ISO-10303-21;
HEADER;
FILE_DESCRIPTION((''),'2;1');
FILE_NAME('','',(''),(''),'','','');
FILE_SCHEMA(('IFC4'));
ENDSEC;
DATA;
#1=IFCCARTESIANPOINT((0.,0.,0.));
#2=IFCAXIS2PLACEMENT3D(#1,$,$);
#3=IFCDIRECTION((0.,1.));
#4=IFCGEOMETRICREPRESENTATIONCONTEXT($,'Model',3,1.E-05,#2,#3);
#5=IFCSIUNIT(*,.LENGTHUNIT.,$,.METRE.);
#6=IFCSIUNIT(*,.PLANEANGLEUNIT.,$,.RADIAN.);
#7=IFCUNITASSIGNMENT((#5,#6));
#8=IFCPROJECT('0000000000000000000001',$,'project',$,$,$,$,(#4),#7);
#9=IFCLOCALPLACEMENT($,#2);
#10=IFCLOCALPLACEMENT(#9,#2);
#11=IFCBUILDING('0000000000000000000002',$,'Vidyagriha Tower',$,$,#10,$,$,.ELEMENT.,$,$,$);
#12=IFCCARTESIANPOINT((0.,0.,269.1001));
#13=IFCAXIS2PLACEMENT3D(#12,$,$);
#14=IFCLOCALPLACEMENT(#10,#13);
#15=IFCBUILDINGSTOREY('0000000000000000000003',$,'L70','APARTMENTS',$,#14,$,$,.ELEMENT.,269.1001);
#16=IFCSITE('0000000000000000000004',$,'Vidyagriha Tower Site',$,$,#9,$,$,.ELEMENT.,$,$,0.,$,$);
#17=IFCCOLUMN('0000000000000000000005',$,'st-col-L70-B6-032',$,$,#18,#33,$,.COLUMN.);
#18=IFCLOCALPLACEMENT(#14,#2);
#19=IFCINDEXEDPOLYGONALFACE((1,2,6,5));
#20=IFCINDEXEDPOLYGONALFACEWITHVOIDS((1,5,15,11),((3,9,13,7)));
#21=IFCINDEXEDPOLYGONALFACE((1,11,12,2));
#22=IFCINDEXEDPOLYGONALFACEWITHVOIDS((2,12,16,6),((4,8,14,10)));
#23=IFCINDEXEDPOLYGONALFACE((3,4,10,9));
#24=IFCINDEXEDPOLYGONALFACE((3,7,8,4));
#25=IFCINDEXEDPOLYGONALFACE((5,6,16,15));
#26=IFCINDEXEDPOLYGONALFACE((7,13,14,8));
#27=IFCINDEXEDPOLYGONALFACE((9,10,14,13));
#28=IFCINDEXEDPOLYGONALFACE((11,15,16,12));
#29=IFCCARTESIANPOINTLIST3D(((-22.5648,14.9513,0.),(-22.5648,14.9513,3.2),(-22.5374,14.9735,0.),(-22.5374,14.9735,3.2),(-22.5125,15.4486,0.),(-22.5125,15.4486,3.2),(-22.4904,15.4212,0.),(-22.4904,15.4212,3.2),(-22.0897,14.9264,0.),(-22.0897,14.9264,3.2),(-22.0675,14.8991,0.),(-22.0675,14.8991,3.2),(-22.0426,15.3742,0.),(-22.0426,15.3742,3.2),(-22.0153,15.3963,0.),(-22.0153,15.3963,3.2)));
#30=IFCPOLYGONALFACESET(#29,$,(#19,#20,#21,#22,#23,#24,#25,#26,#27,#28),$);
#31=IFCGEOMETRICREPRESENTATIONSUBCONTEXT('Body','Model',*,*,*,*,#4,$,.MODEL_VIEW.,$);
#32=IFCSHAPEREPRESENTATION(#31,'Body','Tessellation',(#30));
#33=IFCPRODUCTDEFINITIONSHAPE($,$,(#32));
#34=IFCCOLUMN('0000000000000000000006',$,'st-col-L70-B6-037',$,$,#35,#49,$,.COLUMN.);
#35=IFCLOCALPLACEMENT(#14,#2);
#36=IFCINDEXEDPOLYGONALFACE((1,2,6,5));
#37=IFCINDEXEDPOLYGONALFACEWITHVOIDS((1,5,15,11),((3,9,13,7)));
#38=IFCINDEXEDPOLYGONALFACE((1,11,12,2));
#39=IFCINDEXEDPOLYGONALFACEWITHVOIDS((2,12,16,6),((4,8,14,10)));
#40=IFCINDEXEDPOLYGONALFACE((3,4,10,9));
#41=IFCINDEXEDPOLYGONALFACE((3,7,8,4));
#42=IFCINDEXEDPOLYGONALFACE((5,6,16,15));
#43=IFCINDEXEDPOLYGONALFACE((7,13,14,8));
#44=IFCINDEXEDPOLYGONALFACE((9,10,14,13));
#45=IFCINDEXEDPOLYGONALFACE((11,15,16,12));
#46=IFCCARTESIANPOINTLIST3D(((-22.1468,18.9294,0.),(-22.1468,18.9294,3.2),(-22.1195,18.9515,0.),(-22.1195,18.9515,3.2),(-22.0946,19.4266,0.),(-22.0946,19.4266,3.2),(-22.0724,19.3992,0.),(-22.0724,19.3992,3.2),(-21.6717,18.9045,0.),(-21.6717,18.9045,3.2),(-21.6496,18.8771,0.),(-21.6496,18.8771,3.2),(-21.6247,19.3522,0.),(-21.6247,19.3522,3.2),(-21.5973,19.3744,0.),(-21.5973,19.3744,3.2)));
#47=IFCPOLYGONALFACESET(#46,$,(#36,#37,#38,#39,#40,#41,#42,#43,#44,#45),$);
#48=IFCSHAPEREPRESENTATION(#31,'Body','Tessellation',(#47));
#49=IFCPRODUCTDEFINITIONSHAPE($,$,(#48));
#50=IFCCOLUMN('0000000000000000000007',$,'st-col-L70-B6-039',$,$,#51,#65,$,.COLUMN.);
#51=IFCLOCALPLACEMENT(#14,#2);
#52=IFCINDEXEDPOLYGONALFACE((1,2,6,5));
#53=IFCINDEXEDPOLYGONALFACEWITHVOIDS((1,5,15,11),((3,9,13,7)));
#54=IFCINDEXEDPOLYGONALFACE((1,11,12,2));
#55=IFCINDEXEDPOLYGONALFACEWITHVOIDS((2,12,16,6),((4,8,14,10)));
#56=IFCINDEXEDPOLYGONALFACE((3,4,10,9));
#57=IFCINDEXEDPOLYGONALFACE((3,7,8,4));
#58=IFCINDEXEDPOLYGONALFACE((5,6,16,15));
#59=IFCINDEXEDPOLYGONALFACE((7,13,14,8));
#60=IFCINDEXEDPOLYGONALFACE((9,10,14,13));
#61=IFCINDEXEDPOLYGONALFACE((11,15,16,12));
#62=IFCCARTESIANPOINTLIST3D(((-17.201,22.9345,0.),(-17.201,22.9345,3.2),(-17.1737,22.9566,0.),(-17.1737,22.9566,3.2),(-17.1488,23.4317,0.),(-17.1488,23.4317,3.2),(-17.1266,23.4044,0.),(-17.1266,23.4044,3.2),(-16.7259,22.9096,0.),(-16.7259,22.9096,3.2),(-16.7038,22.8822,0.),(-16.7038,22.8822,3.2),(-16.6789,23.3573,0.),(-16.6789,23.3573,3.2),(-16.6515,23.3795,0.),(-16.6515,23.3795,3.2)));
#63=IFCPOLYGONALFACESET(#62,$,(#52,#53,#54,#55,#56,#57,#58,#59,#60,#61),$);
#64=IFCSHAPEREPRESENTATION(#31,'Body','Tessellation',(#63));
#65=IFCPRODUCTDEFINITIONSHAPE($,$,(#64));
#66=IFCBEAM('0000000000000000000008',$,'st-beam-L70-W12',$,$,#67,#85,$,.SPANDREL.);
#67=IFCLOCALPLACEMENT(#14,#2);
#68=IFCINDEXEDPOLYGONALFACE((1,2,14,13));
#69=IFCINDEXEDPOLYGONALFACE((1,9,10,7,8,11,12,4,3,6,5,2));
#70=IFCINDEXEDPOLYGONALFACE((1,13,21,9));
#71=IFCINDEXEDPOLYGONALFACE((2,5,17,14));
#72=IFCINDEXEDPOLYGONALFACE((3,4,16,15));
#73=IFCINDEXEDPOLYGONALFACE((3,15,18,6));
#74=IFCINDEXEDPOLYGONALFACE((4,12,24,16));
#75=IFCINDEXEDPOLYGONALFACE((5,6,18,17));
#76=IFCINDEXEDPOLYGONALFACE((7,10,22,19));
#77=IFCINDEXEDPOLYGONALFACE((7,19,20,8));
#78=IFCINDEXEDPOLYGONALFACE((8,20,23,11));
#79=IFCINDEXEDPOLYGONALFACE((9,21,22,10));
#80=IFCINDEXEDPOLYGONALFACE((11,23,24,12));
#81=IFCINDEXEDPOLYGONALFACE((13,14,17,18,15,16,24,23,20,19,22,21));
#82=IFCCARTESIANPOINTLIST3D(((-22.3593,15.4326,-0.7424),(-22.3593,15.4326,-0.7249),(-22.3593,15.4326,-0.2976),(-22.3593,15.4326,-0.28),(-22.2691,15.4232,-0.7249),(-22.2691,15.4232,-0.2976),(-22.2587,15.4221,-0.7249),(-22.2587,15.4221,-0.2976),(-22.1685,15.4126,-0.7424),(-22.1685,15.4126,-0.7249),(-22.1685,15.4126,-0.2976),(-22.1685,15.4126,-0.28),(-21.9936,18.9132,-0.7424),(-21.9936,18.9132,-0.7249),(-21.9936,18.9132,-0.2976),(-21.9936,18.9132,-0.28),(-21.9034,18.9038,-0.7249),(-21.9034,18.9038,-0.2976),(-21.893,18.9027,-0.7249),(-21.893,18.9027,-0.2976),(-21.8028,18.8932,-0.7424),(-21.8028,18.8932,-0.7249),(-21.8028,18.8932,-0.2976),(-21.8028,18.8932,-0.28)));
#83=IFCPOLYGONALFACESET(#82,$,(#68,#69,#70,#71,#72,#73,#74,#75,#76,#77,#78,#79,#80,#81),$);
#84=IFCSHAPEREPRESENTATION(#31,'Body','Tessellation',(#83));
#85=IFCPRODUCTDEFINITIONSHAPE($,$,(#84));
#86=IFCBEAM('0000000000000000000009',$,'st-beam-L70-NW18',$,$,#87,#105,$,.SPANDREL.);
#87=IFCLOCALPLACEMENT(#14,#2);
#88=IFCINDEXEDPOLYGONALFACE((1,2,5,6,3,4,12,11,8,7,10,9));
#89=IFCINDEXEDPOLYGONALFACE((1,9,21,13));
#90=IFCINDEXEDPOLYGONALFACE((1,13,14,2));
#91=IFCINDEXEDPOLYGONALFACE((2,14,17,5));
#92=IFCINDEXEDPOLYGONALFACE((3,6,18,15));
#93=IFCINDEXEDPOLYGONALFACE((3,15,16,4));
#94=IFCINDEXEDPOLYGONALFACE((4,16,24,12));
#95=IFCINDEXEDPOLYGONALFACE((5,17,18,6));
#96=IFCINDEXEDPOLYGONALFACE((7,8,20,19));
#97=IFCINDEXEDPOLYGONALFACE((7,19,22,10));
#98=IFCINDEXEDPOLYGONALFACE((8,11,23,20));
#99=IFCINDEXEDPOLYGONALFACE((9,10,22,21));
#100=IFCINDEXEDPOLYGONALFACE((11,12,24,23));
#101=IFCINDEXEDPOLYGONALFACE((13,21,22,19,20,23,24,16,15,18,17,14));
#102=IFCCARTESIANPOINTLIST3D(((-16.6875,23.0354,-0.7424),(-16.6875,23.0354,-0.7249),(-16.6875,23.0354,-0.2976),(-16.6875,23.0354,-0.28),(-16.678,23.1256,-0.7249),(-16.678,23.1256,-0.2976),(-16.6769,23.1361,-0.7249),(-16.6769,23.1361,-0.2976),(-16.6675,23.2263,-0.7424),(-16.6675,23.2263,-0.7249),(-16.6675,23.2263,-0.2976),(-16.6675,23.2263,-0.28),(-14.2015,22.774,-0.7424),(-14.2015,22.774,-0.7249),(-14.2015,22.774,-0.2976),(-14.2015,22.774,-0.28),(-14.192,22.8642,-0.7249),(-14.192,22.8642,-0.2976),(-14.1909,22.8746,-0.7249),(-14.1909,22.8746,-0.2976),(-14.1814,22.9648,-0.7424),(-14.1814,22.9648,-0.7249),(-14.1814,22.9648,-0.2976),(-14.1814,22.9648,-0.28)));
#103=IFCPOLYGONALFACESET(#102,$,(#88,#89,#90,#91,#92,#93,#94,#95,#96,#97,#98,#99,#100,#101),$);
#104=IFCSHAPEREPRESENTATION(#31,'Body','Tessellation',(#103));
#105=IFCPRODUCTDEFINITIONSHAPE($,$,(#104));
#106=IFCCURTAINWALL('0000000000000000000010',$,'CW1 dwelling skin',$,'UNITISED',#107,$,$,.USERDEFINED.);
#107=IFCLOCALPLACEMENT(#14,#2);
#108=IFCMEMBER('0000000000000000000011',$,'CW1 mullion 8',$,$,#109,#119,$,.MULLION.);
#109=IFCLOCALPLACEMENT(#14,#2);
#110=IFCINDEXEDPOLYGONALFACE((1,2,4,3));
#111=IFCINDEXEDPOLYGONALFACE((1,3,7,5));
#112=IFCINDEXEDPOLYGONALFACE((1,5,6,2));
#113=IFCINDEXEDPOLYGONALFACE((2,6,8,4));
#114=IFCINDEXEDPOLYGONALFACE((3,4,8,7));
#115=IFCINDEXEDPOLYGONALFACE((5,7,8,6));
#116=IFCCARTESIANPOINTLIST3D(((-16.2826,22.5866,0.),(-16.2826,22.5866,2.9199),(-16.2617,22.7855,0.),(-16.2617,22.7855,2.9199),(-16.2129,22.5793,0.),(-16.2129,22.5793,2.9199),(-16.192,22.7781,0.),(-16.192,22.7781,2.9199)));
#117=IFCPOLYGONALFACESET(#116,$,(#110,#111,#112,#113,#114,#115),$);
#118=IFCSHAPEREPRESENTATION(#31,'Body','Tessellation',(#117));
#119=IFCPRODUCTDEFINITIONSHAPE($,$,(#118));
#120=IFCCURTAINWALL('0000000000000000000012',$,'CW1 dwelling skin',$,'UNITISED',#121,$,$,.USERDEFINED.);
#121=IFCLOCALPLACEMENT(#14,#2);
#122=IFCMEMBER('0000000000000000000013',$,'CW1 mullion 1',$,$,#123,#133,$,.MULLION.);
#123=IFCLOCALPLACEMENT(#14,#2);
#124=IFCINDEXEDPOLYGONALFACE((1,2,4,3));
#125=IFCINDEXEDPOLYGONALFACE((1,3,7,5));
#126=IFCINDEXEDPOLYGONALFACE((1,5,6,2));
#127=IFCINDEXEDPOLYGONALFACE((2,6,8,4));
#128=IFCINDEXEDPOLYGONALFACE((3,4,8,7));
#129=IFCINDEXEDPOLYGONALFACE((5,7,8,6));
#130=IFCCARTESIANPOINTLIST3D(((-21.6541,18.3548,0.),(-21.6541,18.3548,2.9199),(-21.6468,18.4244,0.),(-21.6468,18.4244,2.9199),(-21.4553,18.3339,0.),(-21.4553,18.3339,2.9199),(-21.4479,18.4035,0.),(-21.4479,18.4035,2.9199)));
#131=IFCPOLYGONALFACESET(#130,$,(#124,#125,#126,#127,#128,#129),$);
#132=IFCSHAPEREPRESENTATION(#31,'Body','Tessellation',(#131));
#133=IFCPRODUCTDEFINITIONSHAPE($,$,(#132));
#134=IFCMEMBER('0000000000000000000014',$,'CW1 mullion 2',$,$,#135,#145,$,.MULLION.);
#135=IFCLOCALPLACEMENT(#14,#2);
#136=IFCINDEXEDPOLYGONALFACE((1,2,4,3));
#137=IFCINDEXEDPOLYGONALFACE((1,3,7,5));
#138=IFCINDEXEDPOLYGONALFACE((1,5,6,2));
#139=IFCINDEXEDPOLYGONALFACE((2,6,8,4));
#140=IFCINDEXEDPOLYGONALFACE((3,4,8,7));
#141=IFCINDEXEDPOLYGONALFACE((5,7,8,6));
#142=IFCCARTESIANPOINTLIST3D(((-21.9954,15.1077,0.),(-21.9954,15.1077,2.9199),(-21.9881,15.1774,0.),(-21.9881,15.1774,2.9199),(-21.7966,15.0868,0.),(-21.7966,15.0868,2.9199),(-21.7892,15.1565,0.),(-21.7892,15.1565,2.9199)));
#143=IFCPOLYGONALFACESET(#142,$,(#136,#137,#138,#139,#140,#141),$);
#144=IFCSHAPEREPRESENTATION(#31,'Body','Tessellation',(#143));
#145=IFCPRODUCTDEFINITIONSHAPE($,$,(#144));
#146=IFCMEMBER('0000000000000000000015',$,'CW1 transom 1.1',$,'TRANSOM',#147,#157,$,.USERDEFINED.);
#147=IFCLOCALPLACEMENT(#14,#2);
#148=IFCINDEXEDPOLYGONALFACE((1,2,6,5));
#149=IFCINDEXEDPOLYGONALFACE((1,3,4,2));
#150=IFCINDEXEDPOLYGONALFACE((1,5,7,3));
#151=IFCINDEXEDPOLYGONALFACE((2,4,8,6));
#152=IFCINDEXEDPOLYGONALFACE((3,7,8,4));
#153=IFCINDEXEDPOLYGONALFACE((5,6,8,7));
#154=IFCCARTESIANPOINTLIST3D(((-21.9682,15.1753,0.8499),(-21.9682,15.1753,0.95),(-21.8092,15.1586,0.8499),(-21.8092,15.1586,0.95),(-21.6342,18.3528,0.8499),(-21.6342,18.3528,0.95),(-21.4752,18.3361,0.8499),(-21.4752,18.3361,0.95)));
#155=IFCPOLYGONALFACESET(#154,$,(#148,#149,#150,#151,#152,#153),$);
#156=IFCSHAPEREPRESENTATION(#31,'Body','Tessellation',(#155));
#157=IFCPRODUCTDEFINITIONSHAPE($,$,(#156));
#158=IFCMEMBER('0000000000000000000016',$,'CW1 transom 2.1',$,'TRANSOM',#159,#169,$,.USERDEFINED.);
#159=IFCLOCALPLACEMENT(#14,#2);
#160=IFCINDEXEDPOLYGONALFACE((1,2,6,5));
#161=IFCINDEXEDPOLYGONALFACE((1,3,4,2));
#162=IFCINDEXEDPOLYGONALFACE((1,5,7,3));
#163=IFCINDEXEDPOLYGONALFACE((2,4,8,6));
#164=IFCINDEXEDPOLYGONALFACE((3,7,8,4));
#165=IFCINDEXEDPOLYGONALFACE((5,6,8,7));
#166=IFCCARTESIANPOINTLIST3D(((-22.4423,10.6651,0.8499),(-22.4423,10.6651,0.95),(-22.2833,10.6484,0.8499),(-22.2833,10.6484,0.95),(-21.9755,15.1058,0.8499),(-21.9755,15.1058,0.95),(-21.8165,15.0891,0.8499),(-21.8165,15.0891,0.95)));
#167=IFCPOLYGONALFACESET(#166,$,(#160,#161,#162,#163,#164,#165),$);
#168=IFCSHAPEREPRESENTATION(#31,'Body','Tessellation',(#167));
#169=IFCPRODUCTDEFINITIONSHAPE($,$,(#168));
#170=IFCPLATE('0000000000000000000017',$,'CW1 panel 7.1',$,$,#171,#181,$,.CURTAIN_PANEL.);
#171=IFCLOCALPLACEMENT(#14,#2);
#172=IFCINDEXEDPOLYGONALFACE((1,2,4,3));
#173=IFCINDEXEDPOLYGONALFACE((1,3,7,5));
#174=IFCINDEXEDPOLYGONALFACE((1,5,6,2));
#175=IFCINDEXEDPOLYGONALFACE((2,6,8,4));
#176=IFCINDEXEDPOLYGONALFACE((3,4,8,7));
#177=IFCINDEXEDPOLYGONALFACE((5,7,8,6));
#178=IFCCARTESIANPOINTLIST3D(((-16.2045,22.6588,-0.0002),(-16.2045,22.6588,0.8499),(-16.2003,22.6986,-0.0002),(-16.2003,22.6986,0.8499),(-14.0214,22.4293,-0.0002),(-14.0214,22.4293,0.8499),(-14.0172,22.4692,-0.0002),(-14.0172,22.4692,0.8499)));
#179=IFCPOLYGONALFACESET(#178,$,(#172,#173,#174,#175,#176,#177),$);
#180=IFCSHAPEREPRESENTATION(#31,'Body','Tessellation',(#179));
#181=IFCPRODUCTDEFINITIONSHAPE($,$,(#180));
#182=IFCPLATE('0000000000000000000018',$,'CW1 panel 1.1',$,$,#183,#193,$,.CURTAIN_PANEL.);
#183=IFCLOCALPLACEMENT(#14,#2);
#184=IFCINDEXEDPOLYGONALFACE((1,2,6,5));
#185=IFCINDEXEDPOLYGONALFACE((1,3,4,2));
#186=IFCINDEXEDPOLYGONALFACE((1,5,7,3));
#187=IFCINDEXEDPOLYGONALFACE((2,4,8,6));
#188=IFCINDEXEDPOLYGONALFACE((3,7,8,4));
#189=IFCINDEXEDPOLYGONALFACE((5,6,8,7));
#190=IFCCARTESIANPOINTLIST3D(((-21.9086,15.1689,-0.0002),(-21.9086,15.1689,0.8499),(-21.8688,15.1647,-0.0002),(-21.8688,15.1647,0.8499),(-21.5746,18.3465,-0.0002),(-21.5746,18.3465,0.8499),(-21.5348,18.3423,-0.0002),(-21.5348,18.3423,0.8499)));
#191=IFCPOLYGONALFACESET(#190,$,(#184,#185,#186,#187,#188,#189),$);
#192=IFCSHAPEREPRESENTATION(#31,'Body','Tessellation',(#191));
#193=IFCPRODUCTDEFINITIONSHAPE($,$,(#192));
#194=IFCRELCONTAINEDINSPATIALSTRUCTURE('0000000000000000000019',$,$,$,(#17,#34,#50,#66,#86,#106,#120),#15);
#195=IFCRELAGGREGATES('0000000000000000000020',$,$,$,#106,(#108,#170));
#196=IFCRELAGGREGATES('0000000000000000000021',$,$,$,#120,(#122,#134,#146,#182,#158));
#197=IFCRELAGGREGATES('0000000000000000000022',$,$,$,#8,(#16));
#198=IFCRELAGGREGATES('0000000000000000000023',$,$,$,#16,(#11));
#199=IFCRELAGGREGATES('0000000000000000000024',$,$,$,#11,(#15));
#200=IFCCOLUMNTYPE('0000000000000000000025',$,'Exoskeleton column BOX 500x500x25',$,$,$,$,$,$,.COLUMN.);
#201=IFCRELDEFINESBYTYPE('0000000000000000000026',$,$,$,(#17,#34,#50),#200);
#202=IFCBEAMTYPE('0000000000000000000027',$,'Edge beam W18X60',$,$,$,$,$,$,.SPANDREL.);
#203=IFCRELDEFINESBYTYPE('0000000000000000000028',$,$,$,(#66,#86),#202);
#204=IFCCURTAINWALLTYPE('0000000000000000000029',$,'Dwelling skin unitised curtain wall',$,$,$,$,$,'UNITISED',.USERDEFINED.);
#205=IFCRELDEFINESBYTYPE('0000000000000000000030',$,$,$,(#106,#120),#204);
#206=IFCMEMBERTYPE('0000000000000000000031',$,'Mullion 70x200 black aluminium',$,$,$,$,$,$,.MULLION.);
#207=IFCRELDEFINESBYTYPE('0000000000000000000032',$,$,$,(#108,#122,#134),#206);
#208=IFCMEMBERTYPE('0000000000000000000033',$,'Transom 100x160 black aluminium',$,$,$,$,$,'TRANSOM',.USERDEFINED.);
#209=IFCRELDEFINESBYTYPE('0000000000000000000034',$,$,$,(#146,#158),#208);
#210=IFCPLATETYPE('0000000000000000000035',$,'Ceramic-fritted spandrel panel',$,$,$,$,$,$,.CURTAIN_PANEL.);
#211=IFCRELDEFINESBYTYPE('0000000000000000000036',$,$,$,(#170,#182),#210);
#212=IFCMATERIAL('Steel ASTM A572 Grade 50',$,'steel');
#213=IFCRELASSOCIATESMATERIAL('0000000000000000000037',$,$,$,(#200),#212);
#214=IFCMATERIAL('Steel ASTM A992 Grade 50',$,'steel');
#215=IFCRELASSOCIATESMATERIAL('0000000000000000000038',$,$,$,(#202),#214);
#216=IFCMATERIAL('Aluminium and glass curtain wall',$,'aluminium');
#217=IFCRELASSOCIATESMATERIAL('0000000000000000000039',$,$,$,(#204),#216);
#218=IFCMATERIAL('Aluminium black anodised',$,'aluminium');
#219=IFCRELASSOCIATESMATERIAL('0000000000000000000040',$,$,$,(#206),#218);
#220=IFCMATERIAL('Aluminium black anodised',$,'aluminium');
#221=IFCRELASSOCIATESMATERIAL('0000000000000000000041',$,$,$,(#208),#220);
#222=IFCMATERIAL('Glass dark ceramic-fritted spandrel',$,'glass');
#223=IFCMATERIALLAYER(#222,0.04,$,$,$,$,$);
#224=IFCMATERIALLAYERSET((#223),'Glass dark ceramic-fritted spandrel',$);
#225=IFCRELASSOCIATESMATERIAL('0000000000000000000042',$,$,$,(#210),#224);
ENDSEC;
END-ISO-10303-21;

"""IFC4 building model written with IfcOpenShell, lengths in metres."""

from ifc_helpers import new_model, si_unit, direction, frame, origin, origin_2d, place, context, subcontext, project, spatial, rectangle, hollow_rectangle, i_section, extrude, material, layer, layer_set, material_profile, profile_set, type_object, element, aggregate, save


model = new_model("IFC4")

# Units and contexts
model_context = context("Model", 3, precision=1e-05, world=origin(), true_north=direction((0.0, 1.0)))
body_context = subcontext(model_context, "Body", "Model", "MODEL_VIEW")
ifc_project = project(units=[si_unit("LENGTHUNIT", "METRE"), si_unit("PLANEANGLEUNIT", "RADIAN")], contexts=[model_context])

# Site, building, storey
site_placement = place(None, origin())
site = spatial("IfcSite", under=ifc_project, at=site_placement, Name="Vidyagriha Tower Site", CompositionType="ELEMENT", RefElevation=0.0)
building_placement = place(site_placement, origin())
building = spatial("IfcBuilding", under=site, at=building_placement, Name="Vidyagriha Tower", CompositionType="ELEMENT")
storey_placement = place(building_placement, frame((0.0, 0.0, 269.1001)))
storey = spatial("IfcBuildingStorey", under=building, at=storey_placement, Name="L70", Description="APARTMENTS", CompositionType="ELEMENT", Elevation=269.1001)

# Columns
ifc_material_1 = material(Name="Steel ASTM A572 Grade 50", Category="steel")
ifc_material_profile_1 = material_profile(ifc_material_1, hollow_rectangle(XDim=0.5, YDim=0.5, WallThickness=0.0249, at=origin_2d()), Name="BOX 500x500x25")
ifc_profile_set_1 = profile_set([ifc_material_profile_1], Name="Steel ASTM A572 Grade 50")
column_type = type_object("IfcColumnType", Name="Exoskeleton column BOX 500x500x25", PredefinedType="COLUMN", material=ifc_profile_set_1)
for number, where, z_axis, x_axis, name in (
    (1, (-22.29, 15.1738, 0.0), (0.0, 0.0, 1.0), (0.994522, -0.104528, 0.0), "st-col-L70-B6-032"),
    (2, (-21.8721, 19.1519, 0.0), (0.0, 0.0, 1.0), (0.994522, -0.104528, 0.0), "st-col-L70-B6-037"),
    (3, (-16.9263, 23.157, 0.0), (0.0, 0.0, 1.0), (0.994522, -0.104528, 0.0), "st-col-L70-B6-039"),
):
    element("IfcColumn", number, at=place(storey_placement, frame(where, z_axis=z_axis, x_axis=x_axis)), inside=storey, type_object=column_type, Name=name, PredefinedType="COLUMN", context=body_context, shape_type="SweptSolid", body=[
        extrude(hollow_rectangle(XDim=0.5, YDim=0.5, WallThickness=0.0249, at=origin_2d()), origin(), (0.0, 0.0, 1.0), 3.2),
    ])

# Beams
ifc_material_2 = material(Name="Steel ASTM A992 Grade 50", Category="steel")
ifc_material_profile_2 = material_profile(ifc_material_2, i_section(OverallWidth=0.1919, OverallDepth=0.4624, WebThickness=0.0105, FlangeThickness=0.0176, at=origin_2d()), Name="W18X60")
ifc_profile_set_2 = profile_set([ifc_material_profile_2], Name="Steel ASTM A992 Grade 50")
beam_type = type_object("IfcBeamType", Name="Edge beam W18X60", PredefinedType="SPANDREL", material=ifc_profile_set_2)
beam_1_placement = place(storey_placement, frame((-22.2639, 15.4226, -0.5112), z_axis=(0.104496, 0.994525, 0.0), x_axis=(-0.994525, 0.104496, 0.0)))
element("IfcBeam", 4, at=beam_1_placement, inside=storey, type_object=beam_type, Name="st-beam-L70-W12", PredefinedType="SPANDREL", context=body_context, shape_type="SweptSolid", body=[
    extrude(i_section(OverallWidth=0.1919, OverallDepth=0.4624, WebThickness=0.0105, FlangeThickness=0.0176, at=origin_2d()), origin(), (0.0, 0.0, 1.0), 3.4998),
])
beam_2_placement = place(storey_placement, frame((-16.6775, 23.1309, -0.5112), z_axis=(0.994515, -0.104598, 0.0), x_axis=(0.104598, 0.994515, 0.0)))
element("IfcBeam", 5, at=beam_2_placement, inside=storey, type_object=beam_type, Name="st-beam-L70-NW18", PredefinedType="SPANDREL", context=body_context, shape_type="SweptSolid", body=[
    extrude(i_section(OverallWidth=0.1919, OverallDepth=0.4624, WebThickness=0.0105, FlangeThickness=0.0176, at=origin_2d()), origin(), (0.0, 0.0, 1.0), 2.4998),
])

# Curtain wall, member
ifc_material_3 = material(Name="Aluminium and glass curtain wall", Category="aluminium")
curtain_wall_type = type_object("IfcCurtainWallType", Name="Dwelling skin unitised curtain wall", ElementType="UNITISED", PredefinedType="USERDEFINED", material=ifc_material_3)
curtain_wall_1_placement = place(storey_placement, origin())
curtain_wall_1 = element("IfcCurtainWall", 6, at=curtain_wall_1_placement, inside=storey, type_object=curtain_wall_type, Name="CW1 dwelling skin", ObjectType="UNITISED", PredefinedType="USERDEFINED")
ifc_material_4 = material(Name="Aluminium black anodised", Category="aluminium")
ifc_material_profile_3 = material_profile(ifc_material_4, rectangle(XDim=0.2, YDim=0.0701, at=origin_2d()), Name="Mullion 70x200 black aluminium")
ifc_profile_set_3 = profile_set([ifc_material_profile_3], Name="Aluminium black anodised")
member_type_1 = type_object("IfcMemberType", Name="Mullion 70x200 black aluminium", PredefinedType="MULLION", material=ifc_profile_set_3)
member_1_placement = place(storey_placement, frame((-16.2373, 22.6824, 0.0), z_axis=(0.0, 0.0, 1.0), x_axis=(-0.104529, -0.994522, 0.0)))
member_1 = element("IfcMember", 7, at=member_1_placement, type_object=member_type_1, Name="CW1 mullion 8", PredefinedType="MULLION", context=body_context, shape_type="SweptSolid", body=[
    extrude(rectangle(XDim=0.2, YDim=0.0701, at=origin_2d()), origin(), (0.0, 0.0, 1.0), 2.9199),
])

# Curtain wall, members
curtain_wall_2_placement = place(storey_placement, origin())
curtain_wall_2 = element("IfcCurtainWall", 8, at=curtain_wall_2_placement, inside=storey, type_object=curtain_wall_type, Name="CW1 dwelling skin", ObjectType="UNITISED", PredefinedType="USERDEFINED")
member_2_placement = place(storey_placement, frame((-21.551, 18.3792, 0.0), z_axis=(0.0, 0.0, 1.0), x_axis=(0.994522, -0.104525, 0.0)))
member_2 = element("IfcMember", 9, at=member_2_placement, type_object=member_type_1, Name="CW1 mullion 1", PredefinedType="MULLION", context=body_context, shape_type="SweptSolid", body=[
    extrude(rectangle(XDim=0.2, YDim=0.0701, at=origin_2d()), origin(), (0.0, 0.0, 1.0), 2.9199),
])
member_3_placement = place(storey_placement, frame((-21.8923, 15.1321, 0.0), z_axis=(0.0, 0.0, 1.0), x_axis=(0.994522, -0.104525, 0.0)))
member_3 = element("IfcMember", 10, at=member_3_placement, type_object=member_type_1, Name="CW1 mullion 2", PredefinedType="MULLION", context=body_context, shape_type="SweptSolid", body=[
    extrude(rectangle(XDim=0.2, YDim=0.0701, at=origin_2d()), origin(), (0.0, 0.0, 1.0), 2.9199),
])
ifc_material_5 = material(Name="Aluminium black anodised", Category="aluminium")
ifc_material_profile_4 = material_profile(ifc_material_5, rectangle(XDim=0.1599, YDim=0.1001, at=origin_2d()), Name="Transom 100x160 black aluminium")
ifc_profile_set_4 = profile_set([ifc_material_profile_4], Name="Aluminium black anodised")
member_type_2 = type_object("IfcMemberType", Name="Transom 100x160 black aluminium", ElementType="TRANSOM", PredefinedType="USERDEFINED", material=ifc_profile_set_4)
member_4_placement = place(storey_placement, frame((-21.5547, 18.3445, 0.8999), z_axis=(-0.104534, -0.994521, 0.0), x_axis=(0.994521, -0.104534, 0.0)))
member_4 = element("IfcMember", 11, at=member_4_placement, type_object=member_type_2, Name="CW1 transom 1.1", ObjectType="TRANSOM", PredefinedType="USERDEFINED", context=body_context, shape_type="SweptSolid", body=[
    extrude(rectangle(XDim=0.1599, YDim=0.1001, at=origin_2d()), origin(), (0.0, 0.0, 1.0), 3.1951),
])
member_5_placement = place(storey_placement, frame((-21.896, 15.0974, 0.8999), z_axis=(-0.104542, -0.99452, 0.0), x_axis=(0.99452, -0.104542, 0.0)))
member_5 = element("IfcMember", 12, at=member_5_placement, type_object=member_type_2, Name="CW1 transom 2.1", ObjectType="TRANSOM", PredefinedType="USERDEFINED", context=body_context, shape_type="SweptSolid", body=[
    extrude(rectangle(XDim=0.1599, YDim=0.1001, at=origin_2d()), origin(), (0.0, 0.0, 1.0), 4.4651),
])

# Plates
ifc_material_6 = material(Name="Glass dark ceramic-fritted spandrel", Category="glass")
ifc_layer_1 = layer(ifc_material_6, 0.04)
ifc_layer_set_1 = layer_set([ifc_layer_1], Name="Glass dark ceramic-fritted spandrel")
plate_type_1 = type_object("IfcPlateType", Name="Ceramic-fritted spandrel panel", PredefinedType="CURTAIN_PANEL", material=ifc_layer_set_1)
plate_1_placement = place(storey_placement, frame((-15.1108, 22.564, -0.0002), z_axis=(0.0, 0.0, 1.0), x_axis=(-0.994522, 0.104529, 0.0)))
plate_1 = element("IfcPlate", 13, at=plate_1_placement, type_object=plate_type_1, Name="CW1 panel 7.1", PredefinedType="CURTAIN_PANEL", context=body_context, shape_type="SweptSolid", body=[
    extrude(rectangle(XDim=2.1951, YDim=0.04, at=origin_2d()), origin(), (0.0, 0.0, 1.0), 0.8501),
])
aggregate(curtain_wall_1, [member_1, plate_1])
plate_2_placement = place(storey_placement, frame((-21.7217, 16.7556, -0.0002), z_axis=(0.0, 0.0, 1.0), x_axis=(-0.104525, -0.994522, 0.0)))
plate_2 = element("IfcPlate", 14, at=plate_2_placement, type_object=plate_type_1, Name="CW1 panel 1.1", PredefinedType="CURTAIN_PANEL", context=body_context, shape_type="SweptSolid", body=[
    extrude(rectangle(XDim=3.1951, YDim=0.04, at=origin_2d()), origin(), (0.0, 0.0, 1.0), 0.8501),
])
aggregate(curtain_wall_2, [member_2, member_3, member_4, plate_2, member_5])

save(model, "model.ifc")
